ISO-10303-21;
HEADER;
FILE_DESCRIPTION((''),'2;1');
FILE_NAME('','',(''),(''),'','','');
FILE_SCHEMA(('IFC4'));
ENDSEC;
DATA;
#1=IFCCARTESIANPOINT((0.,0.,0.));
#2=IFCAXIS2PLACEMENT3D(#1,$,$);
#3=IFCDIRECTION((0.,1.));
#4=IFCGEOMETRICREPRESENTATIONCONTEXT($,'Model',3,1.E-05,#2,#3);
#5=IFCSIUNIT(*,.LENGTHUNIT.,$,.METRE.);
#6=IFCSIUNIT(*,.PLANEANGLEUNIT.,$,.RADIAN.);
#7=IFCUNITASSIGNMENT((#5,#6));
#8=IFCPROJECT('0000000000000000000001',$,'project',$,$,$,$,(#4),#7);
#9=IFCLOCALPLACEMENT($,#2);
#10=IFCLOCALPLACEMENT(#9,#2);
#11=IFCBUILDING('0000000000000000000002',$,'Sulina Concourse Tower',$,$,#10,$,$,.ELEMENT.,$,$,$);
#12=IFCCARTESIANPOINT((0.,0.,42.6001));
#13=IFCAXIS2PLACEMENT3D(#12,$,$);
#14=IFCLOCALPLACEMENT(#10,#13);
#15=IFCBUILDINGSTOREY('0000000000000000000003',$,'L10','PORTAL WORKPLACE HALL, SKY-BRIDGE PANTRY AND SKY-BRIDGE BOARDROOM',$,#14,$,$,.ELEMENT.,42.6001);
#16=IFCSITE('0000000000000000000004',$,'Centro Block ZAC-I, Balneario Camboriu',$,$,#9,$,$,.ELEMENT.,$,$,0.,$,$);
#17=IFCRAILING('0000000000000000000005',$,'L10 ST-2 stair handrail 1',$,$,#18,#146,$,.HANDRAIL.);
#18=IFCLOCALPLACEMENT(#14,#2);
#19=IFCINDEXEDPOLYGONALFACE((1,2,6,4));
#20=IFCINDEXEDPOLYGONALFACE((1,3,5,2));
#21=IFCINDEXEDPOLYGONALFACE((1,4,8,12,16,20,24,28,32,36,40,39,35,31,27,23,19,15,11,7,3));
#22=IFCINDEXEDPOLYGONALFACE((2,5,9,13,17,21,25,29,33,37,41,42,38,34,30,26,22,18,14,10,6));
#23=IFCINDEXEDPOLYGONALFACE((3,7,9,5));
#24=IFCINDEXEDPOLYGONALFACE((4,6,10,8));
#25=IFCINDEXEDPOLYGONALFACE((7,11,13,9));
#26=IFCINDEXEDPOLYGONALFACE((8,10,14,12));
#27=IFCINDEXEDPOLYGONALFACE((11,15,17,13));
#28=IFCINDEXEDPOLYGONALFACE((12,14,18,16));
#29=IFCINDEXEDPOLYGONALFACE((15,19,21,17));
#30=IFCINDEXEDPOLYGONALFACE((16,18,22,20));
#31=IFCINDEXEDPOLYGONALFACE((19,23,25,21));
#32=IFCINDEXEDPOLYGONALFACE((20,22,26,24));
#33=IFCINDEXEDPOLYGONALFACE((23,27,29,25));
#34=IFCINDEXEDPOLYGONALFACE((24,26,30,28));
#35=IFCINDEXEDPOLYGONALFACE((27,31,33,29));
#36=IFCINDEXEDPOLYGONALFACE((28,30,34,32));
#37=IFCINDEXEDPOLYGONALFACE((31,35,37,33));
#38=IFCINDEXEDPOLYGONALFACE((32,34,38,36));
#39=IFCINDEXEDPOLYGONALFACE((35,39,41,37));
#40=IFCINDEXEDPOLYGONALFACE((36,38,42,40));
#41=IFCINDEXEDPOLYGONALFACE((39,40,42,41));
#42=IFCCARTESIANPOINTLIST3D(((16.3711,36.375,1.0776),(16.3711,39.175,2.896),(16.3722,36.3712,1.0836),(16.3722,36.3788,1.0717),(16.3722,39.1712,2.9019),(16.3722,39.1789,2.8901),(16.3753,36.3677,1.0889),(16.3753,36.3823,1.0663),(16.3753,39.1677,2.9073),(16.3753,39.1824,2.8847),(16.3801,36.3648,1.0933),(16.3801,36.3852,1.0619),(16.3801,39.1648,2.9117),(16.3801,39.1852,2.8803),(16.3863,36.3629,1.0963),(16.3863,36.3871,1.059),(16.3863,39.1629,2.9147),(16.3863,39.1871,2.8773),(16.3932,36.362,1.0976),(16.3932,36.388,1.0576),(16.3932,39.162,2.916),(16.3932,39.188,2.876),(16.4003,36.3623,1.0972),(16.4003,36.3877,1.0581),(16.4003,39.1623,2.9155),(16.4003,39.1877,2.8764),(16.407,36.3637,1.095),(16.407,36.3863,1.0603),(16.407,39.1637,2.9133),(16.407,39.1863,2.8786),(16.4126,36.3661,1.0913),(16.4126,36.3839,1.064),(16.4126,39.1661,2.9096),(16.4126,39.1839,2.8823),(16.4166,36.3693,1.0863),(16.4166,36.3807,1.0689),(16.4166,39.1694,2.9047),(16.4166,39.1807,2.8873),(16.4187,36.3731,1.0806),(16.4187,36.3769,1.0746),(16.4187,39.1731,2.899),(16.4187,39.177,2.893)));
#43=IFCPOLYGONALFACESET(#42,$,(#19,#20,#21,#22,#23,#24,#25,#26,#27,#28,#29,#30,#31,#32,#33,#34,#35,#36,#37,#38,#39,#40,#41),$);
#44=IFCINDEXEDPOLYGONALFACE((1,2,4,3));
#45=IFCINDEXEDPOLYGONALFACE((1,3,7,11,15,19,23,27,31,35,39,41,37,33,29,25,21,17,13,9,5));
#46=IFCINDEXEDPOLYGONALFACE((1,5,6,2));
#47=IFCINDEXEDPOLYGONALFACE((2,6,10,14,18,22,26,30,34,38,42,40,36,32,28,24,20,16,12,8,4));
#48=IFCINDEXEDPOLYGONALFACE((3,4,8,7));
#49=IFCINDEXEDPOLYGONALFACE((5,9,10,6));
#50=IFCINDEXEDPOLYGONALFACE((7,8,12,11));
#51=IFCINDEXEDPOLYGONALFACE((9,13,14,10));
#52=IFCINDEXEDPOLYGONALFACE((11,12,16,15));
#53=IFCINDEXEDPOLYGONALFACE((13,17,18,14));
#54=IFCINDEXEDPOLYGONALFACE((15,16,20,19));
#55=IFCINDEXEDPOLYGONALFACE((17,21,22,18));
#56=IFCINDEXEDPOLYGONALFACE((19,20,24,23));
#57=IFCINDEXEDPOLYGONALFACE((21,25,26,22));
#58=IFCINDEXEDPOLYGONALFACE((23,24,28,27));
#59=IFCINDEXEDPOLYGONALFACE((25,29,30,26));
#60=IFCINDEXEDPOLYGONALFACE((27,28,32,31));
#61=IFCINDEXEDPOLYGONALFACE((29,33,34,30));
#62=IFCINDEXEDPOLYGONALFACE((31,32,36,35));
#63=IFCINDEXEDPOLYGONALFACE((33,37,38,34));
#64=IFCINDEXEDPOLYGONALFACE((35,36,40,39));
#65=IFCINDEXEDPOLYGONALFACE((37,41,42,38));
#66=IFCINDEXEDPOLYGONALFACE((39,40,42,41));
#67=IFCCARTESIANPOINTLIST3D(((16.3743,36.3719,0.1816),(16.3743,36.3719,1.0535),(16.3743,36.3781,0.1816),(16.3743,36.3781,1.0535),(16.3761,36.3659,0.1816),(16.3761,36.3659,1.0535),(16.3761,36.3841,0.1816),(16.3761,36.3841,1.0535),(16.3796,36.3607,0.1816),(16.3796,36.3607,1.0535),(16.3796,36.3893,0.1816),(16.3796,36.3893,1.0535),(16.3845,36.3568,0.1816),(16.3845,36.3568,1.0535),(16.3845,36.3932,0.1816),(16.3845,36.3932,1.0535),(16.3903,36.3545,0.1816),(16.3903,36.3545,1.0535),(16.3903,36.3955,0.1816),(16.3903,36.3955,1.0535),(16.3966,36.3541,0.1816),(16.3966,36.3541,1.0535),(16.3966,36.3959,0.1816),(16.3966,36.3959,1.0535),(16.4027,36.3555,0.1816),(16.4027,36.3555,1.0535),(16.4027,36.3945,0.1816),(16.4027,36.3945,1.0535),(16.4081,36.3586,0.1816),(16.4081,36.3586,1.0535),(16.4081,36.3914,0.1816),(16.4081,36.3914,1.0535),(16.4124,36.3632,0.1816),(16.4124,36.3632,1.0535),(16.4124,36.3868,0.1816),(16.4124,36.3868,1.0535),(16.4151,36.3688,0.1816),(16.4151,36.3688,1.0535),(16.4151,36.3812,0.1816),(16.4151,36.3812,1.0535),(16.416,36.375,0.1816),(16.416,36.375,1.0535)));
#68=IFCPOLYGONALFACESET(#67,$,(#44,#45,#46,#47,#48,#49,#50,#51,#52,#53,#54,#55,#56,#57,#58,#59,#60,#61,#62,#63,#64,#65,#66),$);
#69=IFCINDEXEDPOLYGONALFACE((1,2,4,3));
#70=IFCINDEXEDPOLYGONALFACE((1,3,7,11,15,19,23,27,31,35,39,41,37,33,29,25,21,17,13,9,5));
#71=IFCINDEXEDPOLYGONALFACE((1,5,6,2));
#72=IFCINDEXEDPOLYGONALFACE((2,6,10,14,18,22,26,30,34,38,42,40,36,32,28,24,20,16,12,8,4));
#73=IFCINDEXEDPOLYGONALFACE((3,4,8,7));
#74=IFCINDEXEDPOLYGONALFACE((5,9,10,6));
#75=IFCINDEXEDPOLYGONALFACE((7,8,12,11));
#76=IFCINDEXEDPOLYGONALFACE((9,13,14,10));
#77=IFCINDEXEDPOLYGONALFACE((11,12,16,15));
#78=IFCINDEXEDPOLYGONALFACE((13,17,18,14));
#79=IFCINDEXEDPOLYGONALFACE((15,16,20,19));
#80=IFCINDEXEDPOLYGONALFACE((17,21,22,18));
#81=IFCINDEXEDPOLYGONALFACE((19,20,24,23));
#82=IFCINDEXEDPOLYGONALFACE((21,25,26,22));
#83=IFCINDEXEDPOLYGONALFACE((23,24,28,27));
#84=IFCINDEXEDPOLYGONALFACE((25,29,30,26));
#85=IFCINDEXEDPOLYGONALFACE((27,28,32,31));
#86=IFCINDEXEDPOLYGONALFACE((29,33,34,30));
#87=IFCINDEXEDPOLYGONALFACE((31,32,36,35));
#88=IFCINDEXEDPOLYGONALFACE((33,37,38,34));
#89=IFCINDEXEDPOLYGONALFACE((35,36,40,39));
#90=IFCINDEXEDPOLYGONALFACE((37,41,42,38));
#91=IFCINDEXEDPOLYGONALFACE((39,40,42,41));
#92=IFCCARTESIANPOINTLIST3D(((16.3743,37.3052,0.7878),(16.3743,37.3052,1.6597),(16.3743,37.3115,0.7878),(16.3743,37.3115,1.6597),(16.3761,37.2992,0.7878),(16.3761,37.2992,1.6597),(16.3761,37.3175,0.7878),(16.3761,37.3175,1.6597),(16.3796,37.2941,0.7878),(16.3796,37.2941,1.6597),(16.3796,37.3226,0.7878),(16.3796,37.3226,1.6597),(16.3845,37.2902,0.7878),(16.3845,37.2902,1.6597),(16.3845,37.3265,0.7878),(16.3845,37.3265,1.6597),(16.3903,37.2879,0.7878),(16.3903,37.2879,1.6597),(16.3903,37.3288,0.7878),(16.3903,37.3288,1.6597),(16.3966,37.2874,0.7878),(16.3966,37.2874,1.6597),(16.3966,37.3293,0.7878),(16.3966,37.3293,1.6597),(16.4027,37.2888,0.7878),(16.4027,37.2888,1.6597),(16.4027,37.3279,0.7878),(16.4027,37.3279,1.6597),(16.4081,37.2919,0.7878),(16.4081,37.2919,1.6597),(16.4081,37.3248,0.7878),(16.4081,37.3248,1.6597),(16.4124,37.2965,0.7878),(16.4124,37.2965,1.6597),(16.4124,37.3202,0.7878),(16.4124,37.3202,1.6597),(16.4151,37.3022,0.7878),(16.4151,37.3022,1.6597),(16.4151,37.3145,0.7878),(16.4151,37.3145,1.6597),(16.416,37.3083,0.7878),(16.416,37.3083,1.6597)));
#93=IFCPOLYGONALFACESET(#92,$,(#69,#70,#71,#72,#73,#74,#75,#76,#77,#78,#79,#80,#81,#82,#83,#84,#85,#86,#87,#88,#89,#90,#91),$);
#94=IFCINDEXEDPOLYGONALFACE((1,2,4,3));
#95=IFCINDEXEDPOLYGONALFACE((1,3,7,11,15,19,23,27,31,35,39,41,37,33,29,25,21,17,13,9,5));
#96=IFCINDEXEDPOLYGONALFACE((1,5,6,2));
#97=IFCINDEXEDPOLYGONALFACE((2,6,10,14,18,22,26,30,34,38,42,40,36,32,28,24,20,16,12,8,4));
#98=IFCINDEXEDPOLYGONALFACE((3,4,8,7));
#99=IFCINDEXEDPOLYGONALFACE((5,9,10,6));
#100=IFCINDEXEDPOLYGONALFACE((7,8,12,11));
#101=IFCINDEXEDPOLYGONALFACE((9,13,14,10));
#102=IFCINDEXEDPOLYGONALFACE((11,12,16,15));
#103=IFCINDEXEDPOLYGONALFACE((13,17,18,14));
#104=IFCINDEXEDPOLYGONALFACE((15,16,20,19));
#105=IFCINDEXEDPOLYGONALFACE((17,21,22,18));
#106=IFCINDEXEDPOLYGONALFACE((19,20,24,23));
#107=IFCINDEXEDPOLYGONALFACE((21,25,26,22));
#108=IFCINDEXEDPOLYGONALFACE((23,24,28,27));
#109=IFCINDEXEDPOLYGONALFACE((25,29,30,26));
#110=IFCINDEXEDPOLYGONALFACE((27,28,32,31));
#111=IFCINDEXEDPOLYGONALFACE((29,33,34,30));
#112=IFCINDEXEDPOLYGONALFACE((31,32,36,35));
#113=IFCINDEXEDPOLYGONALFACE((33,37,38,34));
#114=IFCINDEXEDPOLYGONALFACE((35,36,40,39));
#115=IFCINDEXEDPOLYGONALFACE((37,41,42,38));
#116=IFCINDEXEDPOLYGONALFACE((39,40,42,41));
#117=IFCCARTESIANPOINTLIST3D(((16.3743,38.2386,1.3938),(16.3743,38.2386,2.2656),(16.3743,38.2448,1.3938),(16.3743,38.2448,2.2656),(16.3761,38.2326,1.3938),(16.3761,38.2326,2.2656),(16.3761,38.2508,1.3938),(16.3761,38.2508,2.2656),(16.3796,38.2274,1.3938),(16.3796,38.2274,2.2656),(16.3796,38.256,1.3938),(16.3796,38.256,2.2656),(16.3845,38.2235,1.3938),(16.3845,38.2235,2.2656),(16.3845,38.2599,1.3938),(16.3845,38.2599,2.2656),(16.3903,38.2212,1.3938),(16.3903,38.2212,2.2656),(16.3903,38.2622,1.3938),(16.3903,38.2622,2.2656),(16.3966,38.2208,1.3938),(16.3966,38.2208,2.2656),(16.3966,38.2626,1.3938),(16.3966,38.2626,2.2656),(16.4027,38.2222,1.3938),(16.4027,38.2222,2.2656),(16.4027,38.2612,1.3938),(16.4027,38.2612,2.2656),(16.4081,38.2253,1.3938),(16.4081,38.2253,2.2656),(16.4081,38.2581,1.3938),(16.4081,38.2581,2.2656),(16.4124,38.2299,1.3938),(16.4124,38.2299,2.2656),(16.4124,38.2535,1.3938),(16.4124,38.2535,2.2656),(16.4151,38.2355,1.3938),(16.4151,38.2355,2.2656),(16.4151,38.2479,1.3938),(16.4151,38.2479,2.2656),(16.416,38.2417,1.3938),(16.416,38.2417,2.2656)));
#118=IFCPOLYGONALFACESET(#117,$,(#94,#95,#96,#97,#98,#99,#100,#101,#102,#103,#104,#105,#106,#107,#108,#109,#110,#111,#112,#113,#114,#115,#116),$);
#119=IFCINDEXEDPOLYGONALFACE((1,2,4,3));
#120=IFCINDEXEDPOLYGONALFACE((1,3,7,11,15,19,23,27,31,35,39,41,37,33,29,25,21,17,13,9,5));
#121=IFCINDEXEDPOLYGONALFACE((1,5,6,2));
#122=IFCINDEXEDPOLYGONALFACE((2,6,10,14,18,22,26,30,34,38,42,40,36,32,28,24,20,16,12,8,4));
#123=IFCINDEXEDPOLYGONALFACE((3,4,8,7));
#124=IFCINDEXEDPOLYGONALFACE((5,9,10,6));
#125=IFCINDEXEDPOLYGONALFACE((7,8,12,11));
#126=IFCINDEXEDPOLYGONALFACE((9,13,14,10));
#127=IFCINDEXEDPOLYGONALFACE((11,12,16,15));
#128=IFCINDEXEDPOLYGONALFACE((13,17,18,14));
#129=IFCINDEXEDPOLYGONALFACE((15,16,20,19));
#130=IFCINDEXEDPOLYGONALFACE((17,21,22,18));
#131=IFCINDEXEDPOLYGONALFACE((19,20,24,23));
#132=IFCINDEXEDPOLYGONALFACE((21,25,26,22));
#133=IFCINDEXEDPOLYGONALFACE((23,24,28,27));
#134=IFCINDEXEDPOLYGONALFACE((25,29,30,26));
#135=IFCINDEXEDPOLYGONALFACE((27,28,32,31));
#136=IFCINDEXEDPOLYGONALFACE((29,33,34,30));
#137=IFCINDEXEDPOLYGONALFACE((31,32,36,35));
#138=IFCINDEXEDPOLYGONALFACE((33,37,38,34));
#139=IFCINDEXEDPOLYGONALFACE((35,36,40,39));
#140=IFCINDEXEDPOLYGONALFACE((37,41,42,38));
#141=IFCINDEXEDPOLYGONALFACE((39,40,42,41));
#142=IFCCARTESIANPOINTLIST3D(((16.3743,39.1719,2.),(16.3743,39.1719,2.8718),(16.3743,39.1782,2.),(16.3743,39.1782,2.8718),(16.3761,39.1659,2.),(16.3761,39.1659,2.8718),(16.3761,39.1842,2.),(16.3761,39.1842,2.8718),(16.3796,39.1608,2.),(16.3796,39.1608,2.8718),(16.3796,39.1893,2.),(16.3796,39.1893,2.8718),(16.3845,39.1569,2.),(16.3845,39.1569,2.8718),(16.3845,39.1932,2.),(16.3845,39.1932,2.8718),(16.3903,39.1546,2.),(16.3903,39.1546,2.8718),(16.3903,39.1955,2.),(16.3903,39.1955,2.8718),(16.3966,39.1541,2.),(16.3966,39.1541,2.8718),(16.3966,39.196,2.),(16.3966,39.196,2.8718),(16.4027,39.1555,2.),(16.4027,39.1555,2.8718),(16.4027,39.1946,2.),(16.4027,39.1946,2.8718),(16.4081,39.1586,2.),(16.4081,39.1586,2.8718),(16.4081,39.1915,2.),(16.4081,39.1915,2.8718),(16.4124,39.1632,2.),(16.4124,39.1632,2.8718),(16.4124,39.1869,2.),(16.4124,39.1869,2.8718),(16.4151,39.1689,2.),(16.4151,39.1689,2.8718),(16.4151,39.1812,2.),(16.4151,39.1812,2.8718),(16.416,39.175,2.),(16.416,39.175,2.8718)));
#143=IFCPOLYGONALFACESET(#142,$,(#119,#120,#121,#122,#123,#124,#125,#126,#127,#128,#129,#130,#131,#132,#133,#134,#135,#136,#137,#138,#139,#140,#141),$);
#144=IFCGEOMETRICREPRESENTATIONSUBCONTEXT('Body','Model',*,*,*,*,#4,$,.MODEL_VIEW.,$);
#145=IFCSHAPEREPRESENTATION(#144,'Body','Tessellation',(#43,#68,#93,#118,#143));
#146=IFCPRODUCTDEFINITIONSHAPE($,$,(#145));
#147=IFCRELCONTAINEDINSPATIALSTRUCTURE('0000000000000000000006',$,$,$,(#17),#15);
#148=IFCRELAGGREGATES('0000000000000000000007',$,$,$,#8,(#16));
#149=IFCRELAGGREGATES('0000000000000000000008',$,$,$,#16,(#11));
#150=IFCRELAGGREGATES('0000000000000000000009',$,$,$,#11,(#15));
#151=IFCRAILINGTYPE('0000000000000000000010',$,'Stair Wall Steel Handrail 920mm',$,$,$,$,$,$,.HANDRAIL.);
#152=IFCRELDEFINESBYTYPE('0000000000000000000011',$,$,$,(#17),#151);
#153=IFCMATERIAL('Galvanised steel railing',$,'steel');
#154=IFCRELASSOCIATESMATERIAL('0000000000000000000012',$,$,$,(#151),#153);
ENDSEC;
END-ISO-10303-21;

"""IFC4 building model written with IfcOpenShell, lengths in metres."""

from ifc_helpers import new_model, si_unit, direction, frame, origin, origin_2d, place, context, subcontext, project, spatial, circle, extrude, material, type_object, element, save


model = new_model("IFC4")

# Units and contexts
model_context = context("Model", 3, precision=1e-05, world=origin(), true_north=direction((0.0, 1.0)))
body_context = subcontext(model_context, "Body", "Model", "MODEL_VIEW")
ifc_project = project(units=[si_unit("LENGTHUNIT", "METRE"), si_unit("PLANEANGLEUNIT", "RADIAN")], contexts=[model_context])

# Site, building, storey
site_placement = place(None, origin())
site = spatial("IfcSite", under=ifc_project, at=site_placement, Name="Centro Block ZAC-I, Balneario Camboriu", CompositionType="ELEMENT", RefElevation=0.0)
building_placement = place(site_placement, origin())
building = spatial("IfcBuilding", under=site, at=building_placement, Name="Sulina Concourse Tower", CompositionType="ELEMENT")
storey_placement = place(building_placement, frame((0.0, 0.0, 42.6001)))
storey = spatial("IfcBuildingStorey", under=building, at=storey_placement, Name="L10", Description="PORTAL WORKPLACE HALL, SKY-BRIDGE PANTRY AND SKY-BRIDGE BOARDROOM", CompositionType="ELEMENT", Elevation=42.6001)

# Railing
ifc_material_1 = material(Name="Galvanised steel railing", Category="steel")
railing_type_1 = type_object("IfcRailingType", Name="Stair Wall Steel Handrail 920mm", PredefinedType="HANDRAIL", material=ifc_material_1)
railing_1_placement = place(storey_placement, frame((16.395, 36.375, 0.1816)))
element("IfcRailing", 1, at=railing_1_placement, inside=storey, type_object=railing_type_1, Name="L10 ST-2 stair handrail 1", PredefinedType="HANDRAIL", context=body_context, shape_type="SweptSolid", body=[
    extrude(circle(Radius=0.0239, at=origin_2d()), frame((0.0, 0.0, 0.896), z_axis=(0.0, 0.838672, 0.544636), x_axis=(-1.0, 0.0, 0.0)), (0.0, 0.0, 1.0), 3.3386),
    extrude(circle(Radius=0.021, at=origin_2d()), origin(), (0.0, 0.0, 1.0), 0.8718),
    extrude(circle(Radius=0.021, at=origin_2d()), frame((0.0, 0.9333, 0.6062)), (0.0, 0.0, 1.0), 0.8718),
    extrude(circle(Radius=0.021, at=origin_2d()), frame((0.0, 1.8667, 1.2122)), (0.0, 0.0, 1.0), 0.8718),
    extrude(circle(Radius=0.021, at=origin_2d()), frame((0.0, 2.8, 1.8184)), (0.0, 0.0, 1.0), 0.8718),
])

save(model, "model.ifc")
